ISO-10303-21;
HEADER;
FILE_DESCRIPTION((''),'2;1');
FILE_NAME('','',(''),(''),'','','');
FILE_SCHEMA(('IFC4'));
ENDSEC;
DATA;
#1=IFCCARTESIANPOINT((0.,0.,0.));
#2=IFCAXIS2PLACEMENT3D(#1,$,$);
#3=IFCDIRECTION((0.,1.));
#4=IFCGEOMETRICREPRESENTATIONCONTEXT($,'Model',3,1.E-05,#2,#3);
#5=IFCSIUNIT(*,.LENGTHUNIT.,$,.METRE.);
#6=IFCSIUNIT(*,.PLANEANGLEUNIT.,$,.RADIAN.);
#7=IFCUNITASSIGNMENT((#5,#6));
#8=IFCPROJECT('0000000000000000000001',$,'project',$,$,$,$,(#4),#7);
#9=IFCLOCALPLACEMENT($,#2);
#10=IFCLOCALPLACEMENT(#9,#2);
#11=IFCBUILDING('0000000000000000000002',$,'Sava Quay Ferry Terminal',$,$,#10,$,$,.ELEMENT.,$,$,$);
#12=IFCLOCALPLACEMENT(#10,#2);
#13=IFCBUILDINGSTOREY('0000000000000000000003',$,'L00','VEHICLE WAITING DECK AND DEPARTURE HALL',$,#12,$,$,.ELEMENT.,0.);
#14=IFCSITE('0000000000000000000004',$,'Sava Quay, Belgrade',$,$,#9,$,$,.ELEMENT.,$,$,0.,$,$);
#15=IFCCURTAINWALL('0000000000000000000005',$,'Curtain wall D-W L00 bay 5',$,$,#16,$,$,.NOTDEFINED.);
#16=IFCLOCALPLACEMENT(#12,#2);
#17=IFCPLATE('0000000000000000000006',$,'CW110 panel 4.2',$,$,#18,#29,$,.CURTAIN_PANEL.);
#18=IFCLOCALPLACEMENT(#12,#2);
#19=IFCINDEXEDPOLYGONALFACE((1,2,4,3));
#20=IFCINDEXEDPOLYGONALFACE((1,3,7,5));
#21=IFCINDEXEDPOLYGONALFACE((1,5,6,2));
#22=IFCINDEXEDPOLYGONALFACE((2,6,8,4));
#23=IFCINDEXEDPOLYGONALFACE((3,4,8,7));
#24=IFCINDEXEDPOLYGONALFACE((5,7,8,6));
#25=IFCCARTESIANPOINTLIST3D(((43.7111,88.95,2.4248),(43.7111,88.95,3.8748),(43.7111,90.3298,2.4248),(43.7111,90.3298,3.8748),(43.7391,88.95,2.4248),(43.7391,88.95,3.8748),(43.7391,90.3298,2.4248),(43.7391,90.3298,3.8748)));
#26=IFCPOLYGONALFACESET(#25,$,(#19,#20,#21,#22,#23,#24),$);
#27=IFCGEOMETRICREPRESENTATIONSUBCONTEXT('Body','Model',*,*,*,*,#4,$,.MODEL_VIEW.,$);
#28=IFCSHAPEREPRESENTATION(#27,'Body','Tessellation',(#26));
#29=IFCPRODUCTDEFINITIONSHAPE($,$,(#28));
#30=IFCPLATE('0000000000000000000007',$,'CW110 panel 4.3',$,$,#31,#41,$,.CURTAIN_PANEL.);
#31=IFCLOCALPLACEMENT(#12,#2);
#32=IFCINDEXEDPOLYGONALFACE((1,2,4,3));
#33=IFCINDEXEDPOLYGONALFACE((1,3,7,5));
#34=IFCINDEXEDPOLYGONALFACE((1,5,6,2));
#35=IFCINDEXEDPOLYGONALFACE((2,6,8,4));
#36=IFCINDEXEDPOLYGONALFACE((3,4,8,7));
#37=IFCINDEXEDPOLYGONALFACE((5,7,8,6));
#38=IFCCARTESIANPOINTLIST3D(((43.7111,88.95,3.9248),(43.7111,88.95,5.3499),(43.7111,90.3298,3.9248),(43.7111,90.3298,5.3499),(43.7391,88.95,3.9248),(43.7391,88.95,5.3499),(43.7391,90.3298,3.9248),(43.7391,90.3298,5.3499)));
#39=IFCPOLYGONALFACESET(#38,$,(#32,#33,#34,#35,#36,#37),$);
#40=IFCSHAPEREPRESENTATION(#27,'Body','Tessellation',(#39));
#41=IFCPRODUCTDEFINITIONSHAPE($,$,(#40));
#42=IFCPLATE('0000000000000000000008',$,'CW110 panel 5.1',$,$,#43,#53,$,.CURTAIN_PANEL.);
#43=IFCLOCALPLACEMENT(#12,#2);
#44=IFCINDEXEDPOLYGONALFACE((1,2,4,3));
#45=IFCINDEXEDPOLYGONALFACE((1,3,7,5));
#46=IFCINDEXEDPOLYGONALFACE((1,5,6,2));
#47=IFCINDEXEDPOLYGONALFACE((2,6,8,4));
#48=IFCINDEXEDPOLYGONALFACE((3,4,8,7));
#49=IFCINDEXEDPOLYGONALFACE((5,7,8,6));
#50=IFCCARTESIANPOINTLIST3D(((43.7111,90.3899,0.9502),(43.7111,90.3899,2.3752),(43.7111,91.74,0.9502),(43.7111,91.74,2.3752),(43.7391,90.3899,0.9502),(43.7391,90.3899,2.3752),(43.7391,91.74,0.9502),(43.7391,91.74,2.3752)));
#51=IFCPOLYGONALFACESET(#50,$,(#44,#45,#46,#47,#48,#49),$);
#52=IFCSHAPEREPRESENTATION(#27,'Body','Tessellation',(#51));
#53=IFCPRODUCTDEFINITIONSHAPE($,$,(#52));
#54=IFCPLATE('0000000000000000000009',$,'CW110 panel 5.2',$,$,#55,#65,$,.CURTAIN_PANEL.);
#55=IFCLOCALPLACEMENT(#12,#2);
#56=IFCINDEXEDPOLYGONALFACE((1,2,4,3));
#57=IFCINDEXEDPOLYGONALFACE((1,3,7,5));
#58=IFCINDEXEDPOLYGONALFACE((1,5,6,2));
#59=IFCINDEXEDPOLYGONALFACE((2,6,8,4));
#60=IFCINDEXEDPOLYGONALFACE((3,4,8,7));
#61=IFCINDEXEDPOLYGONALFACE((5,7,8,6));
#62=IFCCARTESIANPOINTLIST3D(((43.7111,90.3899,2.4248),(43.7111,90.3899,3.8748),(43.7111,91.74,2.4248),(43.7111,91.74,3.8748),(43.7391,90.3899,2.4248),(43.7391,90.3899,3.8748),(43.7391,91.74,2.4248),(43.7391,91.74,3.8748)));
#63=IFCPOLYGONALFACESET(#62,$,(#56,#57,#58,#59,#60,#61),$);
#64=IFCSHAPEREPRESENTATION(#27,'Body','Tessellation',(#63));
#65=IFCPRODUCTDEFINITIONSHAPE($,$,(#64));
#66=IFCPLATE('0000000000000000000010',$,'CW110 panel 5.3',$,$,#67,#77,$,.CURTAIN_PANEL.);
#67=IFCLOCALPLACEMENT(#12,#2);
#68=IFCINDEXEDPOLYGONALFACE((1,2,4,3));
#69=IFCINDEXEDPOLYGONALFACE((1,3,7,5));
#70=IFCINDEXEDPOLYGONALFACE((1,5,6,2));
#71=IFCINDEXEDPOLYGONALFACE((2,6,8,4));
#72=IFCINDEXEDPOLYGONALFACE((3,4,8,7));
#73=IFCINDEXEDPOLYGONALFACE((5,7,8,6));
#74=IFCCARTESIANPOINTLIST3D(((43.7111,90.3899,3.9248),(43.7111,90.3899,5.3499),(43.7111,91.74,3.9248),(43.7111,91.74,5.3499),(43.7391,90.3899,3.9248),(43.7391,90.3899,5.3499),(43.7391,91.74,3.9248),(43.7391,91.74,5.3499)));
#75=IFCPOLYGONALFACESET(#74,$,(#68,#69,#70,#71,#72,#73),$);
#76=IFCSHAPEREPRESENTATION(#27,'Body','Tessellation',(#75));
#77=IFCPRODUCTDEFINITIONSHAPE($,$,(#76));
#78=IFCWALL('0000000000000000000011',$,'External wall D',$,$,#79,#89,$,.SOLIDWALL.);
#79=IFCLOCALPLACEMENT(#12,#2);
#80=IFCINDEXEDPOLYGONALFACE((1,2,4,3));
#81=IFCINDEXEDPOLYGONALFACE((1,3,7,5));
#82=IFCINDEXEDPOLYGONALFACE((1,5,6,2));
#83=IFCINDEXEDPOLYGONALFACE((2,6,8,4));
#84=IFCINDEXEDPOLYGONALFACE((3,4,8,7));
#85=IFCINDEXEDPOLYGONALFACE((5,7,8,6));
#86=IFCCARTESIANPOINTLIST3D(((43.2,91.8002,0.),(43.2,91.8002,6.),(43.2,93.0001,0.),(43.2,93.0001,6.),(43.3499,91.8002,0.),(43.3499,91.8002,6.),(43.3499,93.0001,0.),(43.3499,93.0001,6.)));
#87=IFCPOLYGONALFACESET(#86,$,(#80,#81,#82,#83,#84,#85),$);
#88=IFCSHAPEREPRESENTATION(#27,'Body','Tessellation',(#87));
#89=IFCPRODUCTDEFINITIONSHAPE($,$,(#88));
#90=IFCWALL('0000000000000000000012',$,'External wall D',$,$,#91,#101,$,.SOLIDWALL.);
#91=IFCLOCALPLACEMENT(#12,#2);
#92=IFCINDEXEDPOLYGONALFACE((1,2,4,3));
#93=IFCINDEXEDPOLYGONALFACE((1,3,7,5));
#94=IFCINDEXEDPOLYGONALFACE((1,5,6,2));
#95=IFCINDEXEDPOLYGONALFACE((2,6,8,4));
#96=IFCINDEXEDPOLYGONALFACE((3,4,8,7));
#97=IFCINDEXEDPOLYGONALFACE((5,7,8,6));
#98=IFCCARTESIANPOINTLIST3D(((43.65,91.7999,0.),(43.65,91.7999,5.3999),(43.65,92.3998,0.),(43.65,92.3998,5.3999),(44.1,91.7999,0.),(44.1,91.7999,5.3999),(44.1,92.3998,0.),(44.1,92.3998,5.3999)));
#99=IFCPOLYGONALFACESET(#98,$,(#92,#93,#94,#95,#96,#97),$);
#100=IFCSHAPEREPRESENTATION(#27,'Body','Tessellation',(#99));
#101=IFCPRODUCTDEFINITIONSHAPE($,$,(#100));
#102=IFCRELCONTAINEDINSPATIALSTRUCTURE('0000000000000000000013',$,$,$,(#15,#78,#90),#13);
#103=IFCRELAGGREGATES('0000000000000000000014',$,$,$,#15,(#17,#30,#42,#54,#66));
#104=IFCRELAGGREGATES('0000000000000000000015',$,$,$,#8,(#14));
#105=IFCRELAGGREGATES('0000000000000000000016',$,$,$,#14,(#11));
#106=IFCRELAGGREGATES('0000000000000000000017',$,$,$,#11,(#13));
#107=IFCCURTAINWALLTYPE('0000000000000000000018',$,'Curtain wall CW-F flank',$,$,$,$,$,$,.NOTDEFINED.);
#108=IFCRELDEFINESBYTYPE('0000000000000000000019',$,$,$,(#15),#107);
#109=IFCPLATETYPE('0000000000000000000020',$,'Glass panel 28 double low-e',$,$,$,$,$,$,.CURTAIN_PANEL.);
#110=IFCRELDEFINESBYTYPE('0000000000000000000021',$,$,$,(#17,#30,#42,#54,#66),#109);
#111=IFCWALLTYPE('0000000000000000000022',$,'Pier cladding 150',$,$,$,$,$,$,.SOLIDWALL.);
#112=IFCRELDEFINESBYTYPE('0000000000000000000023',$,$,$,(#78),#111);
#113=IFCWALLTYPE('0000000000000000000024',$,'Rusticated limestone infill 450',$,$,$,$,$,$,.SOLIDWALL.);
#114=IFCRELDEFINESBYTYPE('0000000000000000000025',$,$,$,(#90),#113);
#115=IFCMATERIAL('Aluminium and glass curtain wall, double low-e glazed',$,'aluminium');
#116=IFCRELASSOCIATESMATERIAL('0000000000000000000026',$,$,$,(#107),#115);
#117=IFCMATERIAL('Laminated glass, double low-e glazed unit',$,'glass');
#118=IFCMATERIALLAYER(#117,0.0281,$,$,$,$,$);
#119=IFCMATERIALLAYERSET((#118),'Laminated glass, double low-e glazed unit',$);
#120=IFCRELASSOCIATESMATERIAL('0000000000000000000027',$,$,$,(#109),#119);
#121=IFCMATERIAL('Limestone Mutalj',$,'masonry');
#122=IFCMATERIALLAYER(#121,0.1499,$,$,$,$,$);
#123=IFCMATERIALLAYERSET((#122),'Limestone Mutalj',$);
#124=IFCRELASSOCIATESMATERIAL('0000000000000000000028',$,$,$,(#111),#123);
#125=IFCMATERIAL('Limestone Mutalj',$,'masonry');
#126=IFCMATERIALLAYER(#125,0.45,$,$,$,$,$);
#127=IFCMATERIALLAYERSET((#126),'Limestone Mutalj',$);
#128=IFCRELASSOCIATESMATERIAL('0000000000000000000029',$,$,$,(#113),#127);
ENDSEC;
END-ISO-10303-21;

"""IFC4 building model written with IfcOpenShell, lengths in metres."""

from ifc_helpers import new_model, si_unit, direction, frame, frame_2d, origin, origin_2d, place, context, subcontext, project, spatial, rectangle, extrude, material, layer, layer_set, type_object, element, aggregate, save


model = new_model("IFC4")

# Units and contexts
model_context = context("Model", 3, precision=1e-05, world=origin(), true_north=direction((0.0, 1.0)))
body_context = subcontext(model_context, "Body", "Model", "MODEL_VIEW")
ifc_project = project(units=[si_unit("LENGTHUNIT", "METRE"), si_unit("PLANEANGLEUNIT", "RADIAN")], contexts=[model_context])

# Site, building, storey
site_placement = place(None, origin())
site = spatial("IfcSite", under=ifc_project, at=site_placement, Name="Sava Quay, Belgrade", CompositionType="ELEMENT", RefElevation=0.0)
building_placement = place(site_placement, origin())
building = spatial("IfcBuilding", under=site, at=building_placement, Name="Sava Quay Ferry Terminal", CompositionType="ELEMENT")
storey_placement = place(building_placement, origin())
storey = spatial("IfcBuildingStorey", under=building, at=storey_placement, Name="L00", Description="VEHICLE WAITING DECK AND DEPARTURE HALL", CompositionType="ELEMENT", Elevation=0.0)

# Curtain wall, plates
ifc_material_1 = material(Name="Aluminium and glass curtain wall, double low-e glazed", Category="aluminium")
curtain_wall_type = type_object("IfcCurtainWallType", Name="Curtain wall CW-F flank", PredefinedType="NOTDEFINED", material=ifc_material_1)
curtain_wall_placement = place(storey_placement, origin())
curtain_wall = element("IfcCurtainWall", 1, at=curtain_wall_placement, inside=storey, type_object=curtain_wall_type, Name="Curtain wall D-W L00 bay 5", PredefinedType="NOTDEFINED")
ifc_material_2 = material(Name="Laminated glass, double low-e glazed unit", Category="glass")
ifc_layer_1 = layer(ifc_material_2, 0.0281)
ifc_layer_set_1 = layer_set([ifc_layer_1], Name="Laminated glass, double low-e glazed unit")
plate_type = type_object("IfcPlateType", Name="Glass panel 28 double low-e", PredefinedType="CURTAIN_PANEL", material=ifc_layer_set_1)
plate_1_placement = place(storey_placement, frame((43.7251, 89.6399, 2.4248), z_axis=(0.0, 0.0, 1.0), x_axis=(0.0, 1.0, 0.0)))
plate_1 = element("IfcPlate", 2, at=plate_1_placement, type_object=plate_type, Name="CW110 panel 4.2", PredefinedType="CURTAIN_PANEL", context=body_context, shape_type="SweptSolid", body=[
    extrude(rectangle(XDim=1.3799, YDim=0.0281, at=origin_2d()), origin(), (0.0, 0.0, 1.0), 1.45),
])
plate_2_placement = place(storey_placement, frame((43.7251, 89.6399, 3.9248), z_axis=(0.0, 0.0, 1.0), x_axis=(0.0, 1.0, 0.0)))
plate_2 = element("IfcPlate", 3, at=plate_2_placement, type_object=plate_type, Name="CW110 panel 4.3", PredefinedType="CURTAIN_PANEL", context=body_context, shape_type="SweptSolid", body=[
    extrude(rectangle(XDim=1.3799, YDim=0.0281, at=origin_2d()), origin(), (0.0, 0.0, 1.0), 1.425),
])
plate_3_placement = place(storey_placement, frame((43.7251, 91.0649, 0.9502), z_axis=(0.0, 0.0, 1.0), x_axis=(0.0, 1.0, 0.0)))
plate_3 = element("IfcPlate", 4, at=plate_3_placement, type_object=plate_type, Name="CW110 panel 5.1", PredefinedType="CURTAIN_PANEL", context=body_context, shape_type="SweptSolid", body=[
    extrude(rectangle(XDim=1.3501, YDim=0.0281, at=origin_2d()), origin(), (0.0, 0.0, 1.0), 1.425),
])
plate_4_placement = place(storey_placement, frame((43.7251, 91.0649, 2.4248), z_axis=(0.0, 0.0, 1.0), x_axis=(0.0, 1.0, 0.0)))
plate_4 = element("IfcPlate", 5, at=plate_4_placement, type_object=plate_type, Name="CW110 panel 5.2", PredefinedType="CURTAIN_PANEL", context=body_context, shape_type="SweptSolid", body=[
    extrude(rectangle(XDim=1.3501, YDim=0.0281, at=origin_2d()), origin(), (0.0, 0.0, 1.0), 1.45),
])
plate_5_placement = place(storey_placement, frame((43.7251, 91.0649, 3.9248), z_axis=(0.0, 0.0, 1.0), x_axis=(0.0, 1.0, 0.0)))
plate_5 = element("IfcPlate", 6, at=plate_5_placement, type_object=plate_type, Name="CW110 panel 5.3", PredefinedType="CURTAIN_PANEL", context=body_context, shape_type="SweptSolid", body=[
    extrude(rectangle(XDim=1.3501, YDim=0.0281, at=origin_2d()), origin(), (0.0, 0.0, 1.0), 1.425),
])
aggregate(curtain_wall, [plate_1, plate_2, plate_3, plate_4, plate_5])

# Walls
ifc_material_3 = material(Name="Limestone Mutalj", Category="masonry")
ifc_layer_2 = layer(ifc_material_3, 0.1499)
ifc_layer_set_2 = layer_set([ifc_layer_2], Name="Limestone Mutalj")
wall_type_1 = type_object("IfcWallType", Name="Pier cladding 150", PredefinedType="SOLIDWALL", material=ifc_layer_set_2)
wall_1_placement = place(storey_placement, frame((43.2749, 91.8, 0.0), z_axis=(0.0, 0.0, 1.0), x_axis=(0.0, 1.0, 0.0)))
element("IfcWall", 7, at=wall_1_placement, inside=storey, type_object=wall_type_1, Name="External wall D", PredefinedType="SOLIDWALL", context=body_context, shape_type="SweptSolid", body=[
    extrude(rectangle(XDim=1.2, YDim=0.1499, at=frame_2d((0.6001, 0.0))), origin(), (0.0, 0.0, 1.0), 6.0),
])
ifc_material_4 = material(Name="Limestone Mutalj", Category="masonry")
ifc_layer_3 = layer(ifc_material_4, 0.45)
ifc_layer_set_3 = layer_set([ifc_layer_3], Name="Limestone Mutalj")
wall_type_2 = type_object("IfcWallType", Name="Rusticated limestone infill 450", PredefinedType="SOLIDWALL", material=ifc_layer_set_3)
wall_2_placement = place(storey_placement, frame((43.875, 91.8, 0.0), z_axis=(0.0, 0.0, 1.0), x_axis=(0.0, 1.0, 0.0)))
element("IfcWall", 8, at=wall_2_placement, inside=storey, type_object=wall_type_2, Name="External wall D", PredefinedType="SOLIDWALL", context=body_context, shape_type="SweptSolid", body=[
    extrude(rectangle(XDim=0.5999, YDim=0.45, at=frame_2d((0.2998, 0.0))), origin(), (0.0, 0.0, 1.0), 5.3999),
])

save(model, "model.ifc")
